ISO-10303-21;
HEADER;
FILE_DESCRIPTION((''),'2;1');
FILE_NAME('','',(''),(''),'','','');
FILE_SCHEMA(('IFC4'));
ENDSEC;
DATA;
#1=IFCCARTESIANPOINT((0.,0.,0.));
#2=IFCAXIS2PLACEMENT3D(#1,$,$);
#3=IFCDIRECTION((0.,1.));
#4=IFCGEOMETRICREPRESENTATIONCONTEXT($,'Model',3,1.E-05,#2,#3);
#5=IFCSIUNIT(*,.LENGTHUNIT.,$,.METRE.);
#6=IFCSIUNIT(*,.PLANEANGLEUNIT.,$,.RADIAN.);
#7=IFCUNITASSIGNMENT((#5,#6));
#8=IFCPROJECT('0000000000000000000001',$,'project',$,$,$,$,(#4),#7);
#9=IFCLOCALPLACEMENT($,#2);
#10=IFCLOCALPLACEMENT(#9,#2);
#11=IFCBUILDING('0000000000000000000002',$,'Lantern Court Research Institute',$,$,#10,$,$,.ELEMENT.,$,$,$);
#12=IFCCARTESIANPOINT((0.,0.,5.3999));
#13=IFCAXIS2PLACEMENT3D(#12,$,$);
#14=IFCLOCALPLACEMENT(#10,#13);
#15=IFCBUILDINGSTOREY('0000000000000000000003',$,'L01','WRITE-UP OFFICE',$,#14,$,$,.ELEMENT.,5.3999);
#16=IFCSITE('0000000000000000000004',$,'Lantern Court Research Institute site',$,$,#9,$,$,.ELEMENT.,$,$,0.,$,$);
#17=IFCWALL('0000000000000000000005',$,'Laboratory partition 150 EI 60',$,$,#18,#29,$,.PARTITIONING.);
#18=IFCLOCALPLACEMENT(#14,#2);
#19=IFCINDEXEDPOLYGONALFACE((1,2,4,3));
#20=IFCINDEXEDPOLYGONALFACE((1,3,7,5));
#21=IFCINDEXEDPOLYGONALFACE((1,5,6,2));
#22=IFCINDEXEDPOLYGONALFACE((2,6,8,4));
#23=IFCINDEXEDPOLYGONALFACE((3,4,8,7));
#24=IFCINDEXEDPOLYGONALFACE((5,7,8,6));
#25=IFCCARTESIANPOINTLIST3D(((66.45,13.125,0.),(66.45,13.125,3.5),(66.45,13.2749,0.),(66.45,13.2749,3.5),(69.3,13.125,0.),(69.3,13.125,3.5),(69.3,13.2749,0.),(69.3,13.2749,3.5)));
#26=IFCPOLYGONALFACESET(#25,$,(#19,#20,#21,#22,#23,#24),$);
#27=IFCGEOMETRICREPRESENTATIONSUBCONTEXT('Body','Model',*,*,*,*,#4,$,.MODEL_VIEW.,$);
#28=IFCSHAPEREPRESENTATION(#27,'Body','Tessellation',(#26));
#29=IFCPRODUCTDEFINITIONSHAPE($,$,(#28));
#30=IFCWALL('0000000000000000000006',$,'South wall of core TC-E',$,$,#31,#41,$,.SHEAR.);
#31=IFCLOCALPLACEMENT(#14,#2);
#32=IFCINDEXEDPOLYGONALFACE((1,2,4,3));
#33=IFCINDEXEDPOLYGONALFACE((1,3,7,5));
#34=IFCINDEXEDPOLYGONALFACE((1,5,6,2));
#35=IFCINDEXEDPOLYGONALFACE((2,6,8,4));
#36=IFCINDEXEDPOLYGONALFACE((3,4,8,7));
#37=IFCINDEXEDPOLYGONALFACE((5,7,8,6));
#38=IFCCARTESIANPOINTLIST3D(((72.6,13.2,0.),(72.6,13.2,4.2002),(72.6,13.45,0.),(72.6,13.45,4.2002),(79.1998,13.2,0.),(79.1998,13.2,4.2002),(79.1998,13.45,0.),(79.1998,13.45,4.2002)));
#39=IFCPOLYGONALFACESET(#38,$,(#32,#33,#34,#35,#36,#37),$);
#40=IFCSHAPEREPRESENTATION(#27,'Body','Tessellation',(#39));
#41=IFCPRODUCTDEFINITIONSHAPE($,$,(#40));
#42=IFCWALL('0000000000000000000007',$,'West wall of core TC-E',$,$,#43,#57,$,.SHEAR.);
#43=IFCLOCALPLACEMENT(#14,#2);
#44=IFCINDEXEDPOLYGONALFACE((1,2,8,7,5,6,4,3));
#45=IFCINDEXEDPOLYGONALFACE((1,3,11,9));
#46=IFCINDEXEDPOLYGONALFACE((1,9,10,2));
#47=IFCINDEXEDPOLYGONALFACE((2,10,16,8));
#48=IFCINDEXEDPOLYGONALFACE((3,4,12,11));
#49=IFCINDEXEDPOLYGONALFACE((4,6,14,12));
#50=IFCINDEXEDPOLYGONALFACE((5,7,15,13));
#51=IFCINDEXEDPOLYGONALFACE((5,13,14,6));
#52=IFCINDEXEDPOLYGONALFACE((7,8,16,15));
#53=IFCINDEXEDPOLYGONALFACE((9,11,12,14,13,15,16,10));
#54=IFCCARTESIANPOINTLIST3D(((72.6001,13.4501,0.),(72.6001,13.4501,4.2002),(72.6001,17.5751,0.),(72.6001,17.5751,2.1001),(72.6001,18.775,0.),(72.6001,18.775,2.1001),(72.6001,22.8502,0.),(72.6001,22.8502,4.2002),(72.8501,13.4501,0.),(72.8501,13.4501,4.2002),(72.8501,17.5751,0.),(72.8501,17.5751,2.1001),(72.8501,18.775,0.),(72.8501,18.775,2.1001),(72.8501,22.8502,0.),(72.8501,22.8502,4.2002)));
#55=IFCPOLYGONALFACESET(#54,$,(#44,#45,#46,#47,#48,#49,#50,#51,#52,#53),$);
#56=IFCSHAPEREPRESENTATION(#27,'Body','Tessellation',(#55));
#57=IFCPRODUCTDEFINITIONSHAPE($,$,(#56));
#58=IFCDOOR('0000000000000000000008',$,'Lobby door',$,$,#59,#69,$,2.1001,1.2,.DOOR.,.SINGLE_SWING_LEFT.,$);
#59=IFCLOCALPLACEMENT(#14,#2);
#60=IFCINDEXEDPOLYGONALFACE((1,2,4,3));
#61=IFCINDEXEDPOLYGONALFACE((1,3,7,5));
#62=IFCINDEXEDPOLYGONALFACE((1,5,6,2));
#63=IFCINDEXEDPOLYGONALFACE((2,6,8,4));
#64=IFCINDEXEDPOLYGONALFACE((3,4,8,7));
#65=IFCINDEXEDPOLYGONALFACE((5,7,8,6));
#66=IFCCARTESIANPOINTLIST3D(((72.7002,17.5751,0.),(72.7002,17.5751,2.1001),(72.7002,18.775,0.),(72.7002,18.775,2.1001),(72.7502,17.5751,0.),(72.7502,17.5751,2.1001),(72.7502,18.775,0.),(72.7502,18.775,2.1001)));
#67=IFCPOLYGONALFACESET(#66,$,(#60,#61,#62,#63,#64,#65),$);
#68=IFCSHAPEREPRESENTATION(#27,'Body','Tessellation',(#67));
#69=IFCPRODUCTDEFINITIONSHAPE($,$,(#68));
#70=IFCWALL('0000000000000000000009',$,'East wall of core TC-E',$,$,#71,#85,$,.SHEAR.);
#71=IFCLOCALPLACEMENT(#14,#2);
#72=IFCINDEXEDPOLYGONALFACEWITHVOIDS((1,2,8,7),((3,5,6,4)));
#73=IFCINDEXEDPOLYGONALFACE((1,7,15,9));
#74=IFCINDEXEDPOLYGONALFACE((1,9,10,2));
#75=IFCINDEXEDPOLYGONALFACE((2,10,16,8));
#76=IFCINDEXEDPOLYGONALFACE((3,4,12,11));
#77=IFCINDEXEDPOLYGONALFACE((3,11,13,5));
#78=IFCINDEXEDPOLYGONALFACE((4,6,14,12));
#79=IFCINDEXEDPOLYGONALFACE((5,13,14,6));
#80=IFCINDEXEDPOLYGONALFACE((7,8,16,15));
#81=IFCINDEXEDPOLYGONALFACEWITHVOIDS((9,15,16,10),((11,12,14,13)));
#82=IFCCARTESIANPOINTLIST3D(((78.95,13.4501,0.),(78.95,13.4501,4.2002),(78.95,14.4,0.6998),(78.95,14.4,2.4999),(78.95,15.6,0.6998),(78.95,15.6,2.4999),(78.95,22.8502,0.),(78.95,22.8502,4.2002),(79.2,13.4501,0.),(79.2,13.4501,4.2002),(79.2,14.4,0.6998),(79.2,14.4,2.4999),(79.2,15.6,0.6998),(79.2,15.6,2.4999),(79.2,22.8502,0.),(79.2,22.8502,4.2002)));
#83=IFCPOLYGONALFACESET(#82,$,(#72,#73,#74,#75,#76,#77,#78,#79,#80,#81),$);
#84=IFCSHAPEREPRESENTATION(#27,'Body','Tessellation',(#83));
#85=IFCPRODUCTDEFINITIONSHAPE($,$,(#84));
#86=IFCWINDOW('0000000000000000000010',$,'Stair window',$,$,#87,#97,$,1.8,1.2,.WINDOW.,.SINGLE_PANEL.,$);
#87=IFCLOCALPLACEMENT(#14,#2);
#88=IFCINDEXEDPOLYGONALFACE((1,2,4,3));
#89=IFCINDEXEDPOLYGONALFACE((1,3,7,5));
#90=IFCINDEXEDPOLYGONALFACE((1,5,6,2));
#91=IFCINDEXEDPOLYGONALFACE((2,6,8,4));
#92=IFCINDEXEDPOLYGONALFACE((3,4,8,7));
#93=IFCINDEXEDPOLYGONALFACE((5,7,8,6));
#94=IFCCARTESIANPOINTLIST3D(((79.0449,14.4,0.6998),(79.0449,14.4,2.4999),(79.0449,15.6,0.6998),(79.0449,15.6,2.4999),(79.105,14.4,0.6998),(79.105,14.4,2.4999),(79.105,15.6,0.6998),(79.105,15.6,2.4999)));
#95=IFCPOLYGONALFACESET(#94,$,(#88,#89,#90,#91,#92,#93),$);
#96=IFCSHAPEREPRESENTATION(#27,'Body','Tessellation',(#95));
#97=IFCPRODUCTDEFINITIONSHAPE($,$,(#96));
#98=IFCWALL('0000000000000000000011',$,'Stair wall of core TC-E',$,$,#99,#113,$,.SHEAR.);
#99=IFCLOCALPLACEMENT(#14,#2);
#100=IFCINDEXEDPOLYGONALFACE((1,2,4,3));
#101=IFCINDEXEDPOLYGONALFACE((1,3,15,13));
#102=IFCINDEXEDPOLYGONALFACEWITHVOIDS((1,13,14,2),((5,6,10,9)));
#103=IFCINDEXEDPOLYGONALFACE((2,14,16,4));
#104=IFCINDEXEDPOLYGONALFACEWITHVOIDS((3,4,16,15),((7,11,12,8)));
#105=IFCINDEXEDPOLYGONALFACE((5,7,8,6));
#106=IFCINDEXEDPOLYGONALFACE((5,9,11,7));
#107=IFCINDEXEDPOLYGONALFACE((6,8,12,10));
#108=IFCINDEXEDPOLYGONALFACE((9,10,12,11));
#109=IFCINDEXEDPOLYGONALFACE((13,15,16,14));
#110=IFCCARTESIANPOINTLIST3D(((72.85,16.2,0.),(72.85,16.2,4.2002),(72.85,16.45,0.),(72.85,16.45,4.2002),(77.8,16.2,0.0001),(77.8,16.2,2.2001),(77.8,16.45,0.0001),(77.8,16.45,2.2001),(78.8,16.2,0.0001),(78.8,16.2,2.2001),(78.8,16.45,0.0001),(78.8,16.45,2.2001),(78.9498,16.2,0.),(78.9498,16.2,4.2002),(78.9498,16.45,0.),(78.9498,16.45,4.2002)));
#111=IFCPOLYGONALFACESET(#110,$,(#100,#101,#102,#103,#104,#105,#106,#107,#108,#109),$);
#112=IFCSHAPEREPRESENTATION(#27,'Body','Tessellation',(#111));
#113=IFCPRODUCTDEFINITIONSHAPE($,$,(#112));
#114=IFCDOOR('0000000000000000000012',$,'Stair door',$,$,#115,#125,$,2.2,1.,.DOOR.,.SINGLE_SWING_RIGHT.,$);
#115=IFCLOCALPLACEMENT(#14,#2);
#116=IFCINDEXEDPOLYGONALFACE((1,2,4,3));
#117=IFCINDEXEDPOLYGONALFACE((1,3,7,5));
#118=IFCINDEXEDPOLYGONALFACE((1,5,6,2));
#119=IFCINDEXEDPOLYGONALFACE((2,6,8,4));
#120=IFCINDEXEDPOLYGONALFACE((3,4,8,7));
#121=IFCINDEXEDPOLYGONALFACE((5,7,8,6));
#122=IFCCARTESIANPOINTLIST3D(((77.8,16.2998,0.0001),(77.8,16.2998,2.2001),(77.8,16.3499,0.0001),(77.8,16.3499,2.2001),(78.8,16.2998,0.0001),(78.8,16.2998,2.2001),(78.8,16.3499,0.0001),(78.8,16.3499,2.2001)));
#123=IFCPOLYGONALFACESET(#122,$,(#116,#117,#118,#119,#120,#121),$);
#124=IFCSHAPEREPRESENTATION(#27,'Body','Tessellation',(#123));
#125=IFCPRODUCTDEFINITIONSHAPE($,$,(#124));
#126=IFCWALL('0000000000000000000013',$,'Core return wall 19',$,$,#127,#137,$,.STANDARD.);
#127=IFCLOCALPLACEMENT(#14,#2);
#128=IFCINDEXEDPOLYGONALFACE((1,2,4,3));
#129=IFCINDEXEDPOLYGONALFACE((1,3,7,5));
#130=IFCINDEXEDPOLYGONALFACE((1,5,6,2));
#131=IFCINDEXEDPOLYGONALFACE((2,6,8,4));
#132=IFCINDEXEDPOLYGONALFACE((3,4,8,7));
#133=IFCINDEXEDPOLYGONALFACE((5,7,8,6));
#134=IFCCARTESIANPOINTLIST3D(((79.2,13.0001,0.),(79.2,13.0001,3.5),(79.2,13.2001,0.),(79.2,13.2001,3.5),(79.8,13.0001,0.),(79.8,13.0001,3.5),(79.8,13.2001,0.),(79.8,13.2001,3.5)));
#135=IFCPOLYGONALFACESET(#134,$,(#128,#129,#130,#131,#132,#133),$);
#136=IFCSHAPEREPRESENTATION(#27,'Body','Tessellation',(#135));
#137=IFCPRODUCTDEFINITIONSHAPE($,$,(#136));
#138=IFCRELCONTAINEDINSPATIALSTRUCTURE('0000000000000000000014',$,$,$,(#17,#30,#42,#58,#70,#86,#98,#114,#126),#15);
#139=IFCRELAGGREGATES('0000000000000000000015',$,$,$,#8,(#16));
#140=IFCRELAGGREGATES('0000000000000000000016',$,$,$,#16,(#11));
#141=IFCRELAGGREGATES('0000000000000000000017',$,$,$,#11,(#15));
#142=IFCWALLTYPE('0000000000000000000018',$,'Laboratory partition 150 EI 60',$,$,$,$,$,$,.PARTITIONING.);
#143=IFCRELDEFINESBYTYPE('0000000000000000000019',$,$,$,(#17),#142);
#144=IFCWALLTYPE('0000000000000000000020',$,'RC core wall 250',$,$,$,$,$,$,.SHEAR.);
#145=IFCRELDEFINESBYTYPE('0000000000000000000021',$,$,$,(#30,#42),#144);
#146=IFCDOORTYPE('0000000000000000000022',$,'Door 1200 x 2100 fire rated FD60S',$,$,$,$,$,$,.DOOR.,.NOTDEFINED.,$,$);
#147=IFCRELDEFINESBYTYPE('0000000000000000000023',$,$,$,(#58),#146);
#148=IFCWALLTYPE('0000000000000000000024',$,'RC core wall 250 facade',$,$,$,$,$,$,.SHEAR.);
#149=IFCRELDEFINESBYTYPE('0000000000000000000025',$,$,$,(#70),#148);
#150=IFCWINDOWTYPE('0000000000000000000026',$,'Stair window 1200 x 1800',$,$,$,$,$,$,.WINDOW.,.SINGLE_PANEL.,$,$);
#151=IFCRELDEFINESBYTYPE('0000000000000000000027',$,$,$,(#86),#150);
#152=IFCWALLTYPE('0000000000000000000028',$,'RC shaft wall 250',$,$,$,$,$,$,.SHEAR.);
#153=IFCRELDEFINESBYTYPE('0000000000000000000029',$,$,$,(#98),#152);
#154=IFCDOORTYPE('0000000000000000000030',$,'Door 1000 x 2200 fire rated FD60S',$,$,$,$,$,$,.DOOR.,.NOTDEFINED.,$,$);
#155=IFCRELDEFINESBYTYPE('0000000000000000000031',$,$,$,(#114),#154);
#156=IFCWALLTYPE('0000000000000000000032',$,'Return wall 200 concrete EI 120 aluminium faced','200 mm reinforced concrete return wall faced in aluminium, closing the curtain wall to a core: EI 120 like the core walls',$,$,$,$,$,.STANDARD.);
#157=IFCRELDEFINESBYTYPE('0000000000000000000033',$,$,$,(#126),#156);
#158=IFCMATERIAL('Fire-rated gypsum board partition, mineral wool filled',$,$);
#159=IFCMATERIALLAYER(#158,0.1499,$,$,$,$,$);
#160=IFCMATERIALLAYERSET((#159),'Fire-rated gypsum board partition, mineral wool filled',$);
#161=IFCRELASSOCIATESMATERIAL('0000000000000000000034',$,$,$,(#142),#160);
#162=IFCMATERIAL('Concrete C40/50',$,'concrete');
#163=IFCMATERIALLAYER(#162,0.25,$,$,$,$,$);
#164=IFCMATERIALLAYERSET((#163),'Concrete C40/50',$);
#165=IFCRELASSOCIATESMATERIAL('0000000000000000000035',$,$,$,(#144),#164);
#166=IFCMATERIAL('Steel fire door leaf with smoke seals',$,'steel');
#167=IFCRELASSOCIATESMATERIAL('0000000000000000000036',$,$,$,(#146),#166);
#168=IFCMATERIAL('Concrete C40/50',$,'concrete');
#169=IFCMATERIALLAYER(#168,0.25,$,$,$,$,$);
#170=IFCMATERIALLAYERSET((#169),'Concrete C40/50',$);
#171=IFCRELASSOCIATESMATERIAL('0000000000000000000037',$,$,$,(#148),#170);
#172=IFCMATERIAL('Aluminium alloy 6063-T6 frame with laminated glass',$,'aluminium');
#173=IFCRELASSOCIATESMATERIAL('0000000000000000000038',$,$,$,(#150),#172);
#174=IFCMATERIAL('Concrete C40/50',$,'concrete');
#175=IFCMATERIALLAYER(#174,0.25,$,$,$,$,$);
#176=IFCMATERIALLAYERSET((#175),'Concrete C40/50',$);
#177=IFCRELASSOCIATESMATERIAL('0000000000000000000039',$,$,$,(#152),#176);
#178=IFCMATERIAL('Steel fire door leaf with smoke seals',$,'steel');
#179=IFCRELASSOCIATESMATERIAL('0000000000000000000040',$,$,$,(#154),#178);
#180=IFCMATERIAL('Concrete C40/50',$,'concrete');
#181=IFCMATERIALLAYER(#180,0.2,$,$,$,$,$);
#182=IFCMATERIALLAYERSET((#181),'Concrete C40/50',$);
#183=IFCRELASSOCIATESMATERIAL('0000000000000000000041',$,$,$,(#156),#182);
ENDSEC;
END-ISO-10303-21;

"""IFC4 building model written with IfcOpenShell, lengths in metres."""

from ifc_helpers import new_model, si_unit, direction, frame, frame_2d, origin, place, context, subcontext, project, spatial, rectangle, extrude, material, layer, layer_set, type_object, element, fill, save


model = new_model("IFC4")

# Units and contexts
model_context = context("Model", 3, precision=1e-05, world=origin(), true_north=direction((0.0, 1.0)))
body_context = subcontext(model_context, "Body", "Model", "MODEL_VIEW")
ifc_project = project(units=[si_unit("LENGTHUNIT", "METRE"), si_unit("PLANEANGLEUNIT", "RADIAN")], contexts=[model_context])

# Site, building, storey
site_placement = place(None, origin())
site = spatial("IfcSite", under=ifc_project, at=site_placement, Name="Lantern Court Research Institute site", CompositionType="ELEMENT", RefElevation=0.0)
building_placement = place(site_placement, origin())
building = spatial("IfcBuilding", under=site, at=building_placement, Name="Lantern Court Research Institute", CompositionType="ELEMENT")
storey_placement = place(building_placement, frame((0.0, 0.0, 5.3999)))
storey = spatial("IfcBuildingStorey", under=building, at=storey_placement, Name="L01", Description="WRITE-UP OFFICE", CompositionType="ELEMENT", Elevation=5.3999)

# Walls
ifc_material_1 = material(Name="Fire-rated gypsum board partition, mineral wool filled")
ifc_layer_1 = layer(ifc_material_1, 0.1499)
ifc_layer_set_1 = layer_set([ifc_layer_1], Name="Fire-rated gypsum board partition, mineral wool filled")
wall_type_1 = type_object("IfcWallType", Name="Laboratory partition 150 EI 60", PredefinedType="PARTITIONING", material=ifc_layer_set_1)
wall_1_placement = place(storey_placement, frame((69.3, 13.2, 0.0), z_axis=(0.0, 0.0, 1.0), x_axis=(-1.0, 0.0, 0.0)))
element("IfcWall", 1, at=wall_1_placement, inside=storey, type_object=wall_type_1, Name="Laboratory partition 150 EI 60", PredefinedType="PARTITIONING", context=body_context, shape_type="SweptSolid", body=[
    extrude(rectangle(XDim=2.8501, YDim=0.1499, at=frame_2d((1.425, 0.0))), origin(), (0.0, 0.0, 1.0), 3.5),
])
ifc_material_2 = material(Name="Concrete C40/50", Category="concrete")
ifc_layer_2 = layer(ifc_material_2, 0.25)
ifc_layer_set_2 = layer_set([ifc_layer_2], Name="Concrete C40/50")
wall_type_2 = type_object("IfcWallType", Name="RC core wall 250", PredefinedType="SHEAR", material=ifc_layer_set_2)
wall_2_placement = place(storey_placement, frame((72.6001, 13.325, 0.0), z_axis=(0.0, 0.0, 1.0), x_axis=(1.0, 0.0, 0.0)))
element("IfcWall", 2, at=wall_2_placement, inside=storey, type_object=wall_type_2, Name="South wall of core TC-E", PredefinedType="SHEAR", context=body_context, shape_type="SweptSolid", body=[
    extrude(rectangle(XDim=6.5999, YDim=0.25, at=frame_2d((3.2998, 0.0))), origin(), (0.0, 0.0, 1.0), 4.2002),
])

# Wall, opening, door
wall_3_placement = place(storey_placement, frame((72.7251, 13.45, 0.0), z_axis=(0.0, 0.0, 1.0), x_axis=(0.0, 1.0, 0.0)))
wall_3 = element("IfcWall", 3, at=wall_3_placement, inside=storey, type_object=wall_type_2, Name="West wall of core TC-E", PredefinedType="SHEAR", context=body_context, shape_type="SweptSolid", body=[
    extrude(rectangle(XDim=9.4001, YDim=0.25, at=frame_2d((4.7002, 0.0))), origin(), (0.0, 0.0, 1.0), 4.2002),
])
opening_1_placement = place(wall_3_placement, frame((4.125, 0.0, 0.0)))
opening_1 = element("IfcOpeningElement", 4, at=opening_1_placement, cuts=wall_3, PredefinedType="OPENING", context=body_context, shape_type="SweptSolid", body=[
    extrude(rectangle(XDim=1.2, YDim=2.1001, at=frame_2d((0.6001, 1.05))), frame((0.0, 0.135, 0.0), z_axis=(0.0, -1.0, 0.0), x_axis=(1.0, 0.0, 0.0)), (0.0, 0.0, 1.0), 0.27),
])
ifc_material_3 = material(Name="Steel fire door leaf with smoke seals", Category="steel")
door_type_1 = type_object("IfcDoorType", Name="Door 1200 x 2100 fire rated FD60S", OperationType="NOTDEFINED", PredefinedType="DOOR", material=ifc_material_3)
door_1_placement = place(opening_1_placement, origin())
door_1 = element("IfcDoor", 5, at=door_1_placement, inside=storey, type_object=door_type_1, Name="Lobby door", OperationType="SINGLE_SWING_LEFT", OverallHeight=2.1001, OverallWidth=1.2, PredefinedType="DOOR", context=body_context, shape_type="SweptSolid", body=[
    extrude(rectangle(XDim=1.2, YDim=2.1001, at=frame_2d((0.6001, 1.05))), frame((0.0, 0.0249, 0.0), z_axis=(0.0, -1.0, 0.0), x_axis=(1.0, 0.0, 0.0)), (0.0, 0.0, 1.0), 0.05),
])
fill(opening_1, door_1)

# Wall, opening, window
ifc_material_4 = material(Name="Concrete C40/50", Category="concrete")
ifc_layer_3 = layer(ifc_material_4, 0.25)
ifc_layer_set_3 = layer_set([ifc_layer_3], Name="Concrete C40/50")
wall_type_3 = type_object("IfcWallType", Name="RC core wall 250 facade", PredefinedType="SHEAR", material=ifc_layer_set_3)
wall_4_placement = place(storey_placement, frame((79.075, 13.45, 0.0), z_axis=(0.0, 0.0, 1.0), x_axis=(0.0, 1.0, 0.0)))
wall_4 = element("IfcWall", 6, at=wall_4_placement, inside=storey, type_object=wall_type_3, Name="East wall of core TC-E", PredefinedType="SHEAR", context=body_context, shape_type="SweptSolid", body=[
    extrude(rectangle(XDim=9.4001, YDim=0.25, at=frame_2d((4.7002, 0.0))), origin(), (0.0, 0.0, 1.0), 4.2002),
])
opening_2_placement = place(wall_4_placement, frame((0.95, 0.0, 0.7)))
opening_2 = element("IfcOpeningElement", 7, at=opening_2_placement, cuts=wall_4, PredefinedType="OPENING", context=body_context, shape_type="SweptSolid", body=[
    extrude(rectangle(XDim=1.2, YDim=1.8, at=frame_2d((0.6001, 0.8999))), frame((0.0, 0.135, 0.0), z_axis=(0.0, -1.0, 0.0), x_axis=(1.0, 0.0, 0.0)), (0.0, 0.0, 1.0), 0.27),
])
ifc_material_5 = material(Name="Aluminium alloy 6063-T6 frame with laminated glass", Category="aluminium")
window_type = type_object("IfcWindowType", Name="Stair window 1200 x 1800", PartitioningType="SINGLE_PANEL", PredefinedType="WINDOW", material=ifc_material_5)
window_placement = place(opening_2_placement, origin())
window = element("IfcWindow", 8, at=window_placement, inside=storey, type_object=window_type, Name="Stair window", OverallHeight=1.8, OverallWidth=1.2, PartitioningType="SINGLE_PANEL", PredefinedType="WINDOW", context=body_context, shape_type="SweptSolid", body=[
    extrude(rectangle(XDim=1.2, YDim=1.8, at=frame_2d((0.6001, 0.8999))), frame((0.0, 0.03, 0.0), z_axis=(0.0, -1.0, 0.0), x_axis=(1.0, 0.0, 0.0)), (0.0, 0.0, 1.0), 0.0601),
])
fill(opening_2, window)

# Wall, opening, door
ifc_material_6 = material(Name="Concrete C40/50", Category="concrete")
ifc_layer_4 = layer(ifc_material_6, 0.25)
ifc_layer_set_4 = layer_set([ifc_layer_4], Name="Concrete C40/50")
wall_type_4 = type_object("IfcWallType", Name="RC shaft wall 250", PredefinedType="SHEAR", material=ifc_layer_set_4)
wall_5_placement = place(storey_placement, frame((72.8501, 16.325, 0.0), z_axis=(0.0, 0.0, 1.0), x_axis=(1.0, 0.0, 0.0)))
wall_5 = element("IfcWall", 9, at=wall_5_placement, inside=storey, type_object=wall_type_4, Name="Stair wall of core TC-E", PredefinedType="SHEAR", context=body_context, shape_type="SweptSolid", body=[
    extrude(rectangle(XDim=6.0999, YDim=0.25, at=frame_2d((3.0498, 0.0))), origin(), (0.0, 0.0, 1.0), 4.2002),
])
opening_3_placement = place(wall_5_placement, frame((4.95, 0.0, 0.0)))
opening_3 = element("IfcOpeningElement", 10, at=opening_3_placement, cuts=wall_5, PredefinedType="OPENING", context=body_context, shape_type="SweptSolid", body=[
    extrude(rectangle(XDim=1.0, YDim=2.2, at=frame_2d((0.5, 1.1001))), frame((0.0, 0.135, 0.0), z_axis=(0.0, -1.0, 0.0), x_axis=(1.0, 0.0, 0.0)), (0.0, 0.0, 1.0), 0.27),
])
ifc_material_7 = material(Name="Steel fire door leaf with smoke seals", Category="steel")
door_type_2 = type_object("IfcDoorType", Name="Door 1000 x 2200 fire rated FD60S", OperationType="NOTDEFINED", PredefinedType="DOOR", material=ifc_material_7)
door_2_placement = place(opening_3_placement, origin())
door_2 = element("IfcDoor", 11, at=door_2_placement, inside=storey, type_object=door_type_2, Name="Stair door", OperationType="SINGLE_SWING_RIGHT", OverallHeight=2.2, OverallWidth=1.0, PredefinedType="DOOR", context=body_context, shape_type="SweptSolid", body=[
    extrude(rectangle(XDim=1.0, YDim=2.2, at=frame_2d((0.5, 1.1001))), frame((0.0, 0.0249, 0.0), z_axis=(0.0, -1.0, 0.0), x_axis=(1.0, 0.0, 0.0)), (0.0, 0.0, 1.0), 0.05),
])
fill(opening_3, door_2)

# Wall
ifc_material_8 = material(Name="Concrete C40/50", Category="concrete")
ifc_layer_5 = layer(ifc_material_8, 0.2)
ifc_layer_set_5 = layer_set([ifc_layer_5], Name="Concrete C40/50")
wall_type_5 = type_object("IfcWallType", Name="Return wall 200 concrete EI 120 aluminium faced", Description="200 mm reinforced concrete return wall faced in aluminium, closing the curtain wall to a core: EI 120 like the core walls", PredefinedType="STANDARD", material=ifc_layer_set_5)
wall_6_placement = place(storey_placement, frame((79.2, 13.1001, 0.0), z_axis=(0.0, 0.0, 1.0), x_axis=(1.0, 0.0, 0.0)))
element("IfcWall", 12, at=wall_6_placement, inside=storey, type_object=wall_type_5, Name="Core return wall 19", PredefinedType="STANDARD", context=body_context, shape_type="SweptSolid", body=[
    extrude(rectangle(XDim=0.6001, YDim=0.2, at=frame_2d((0.3, 0.0))), origin(), (0.0, 0.0, 1.0), 3.5),
])

save(model, "model.ifc")
